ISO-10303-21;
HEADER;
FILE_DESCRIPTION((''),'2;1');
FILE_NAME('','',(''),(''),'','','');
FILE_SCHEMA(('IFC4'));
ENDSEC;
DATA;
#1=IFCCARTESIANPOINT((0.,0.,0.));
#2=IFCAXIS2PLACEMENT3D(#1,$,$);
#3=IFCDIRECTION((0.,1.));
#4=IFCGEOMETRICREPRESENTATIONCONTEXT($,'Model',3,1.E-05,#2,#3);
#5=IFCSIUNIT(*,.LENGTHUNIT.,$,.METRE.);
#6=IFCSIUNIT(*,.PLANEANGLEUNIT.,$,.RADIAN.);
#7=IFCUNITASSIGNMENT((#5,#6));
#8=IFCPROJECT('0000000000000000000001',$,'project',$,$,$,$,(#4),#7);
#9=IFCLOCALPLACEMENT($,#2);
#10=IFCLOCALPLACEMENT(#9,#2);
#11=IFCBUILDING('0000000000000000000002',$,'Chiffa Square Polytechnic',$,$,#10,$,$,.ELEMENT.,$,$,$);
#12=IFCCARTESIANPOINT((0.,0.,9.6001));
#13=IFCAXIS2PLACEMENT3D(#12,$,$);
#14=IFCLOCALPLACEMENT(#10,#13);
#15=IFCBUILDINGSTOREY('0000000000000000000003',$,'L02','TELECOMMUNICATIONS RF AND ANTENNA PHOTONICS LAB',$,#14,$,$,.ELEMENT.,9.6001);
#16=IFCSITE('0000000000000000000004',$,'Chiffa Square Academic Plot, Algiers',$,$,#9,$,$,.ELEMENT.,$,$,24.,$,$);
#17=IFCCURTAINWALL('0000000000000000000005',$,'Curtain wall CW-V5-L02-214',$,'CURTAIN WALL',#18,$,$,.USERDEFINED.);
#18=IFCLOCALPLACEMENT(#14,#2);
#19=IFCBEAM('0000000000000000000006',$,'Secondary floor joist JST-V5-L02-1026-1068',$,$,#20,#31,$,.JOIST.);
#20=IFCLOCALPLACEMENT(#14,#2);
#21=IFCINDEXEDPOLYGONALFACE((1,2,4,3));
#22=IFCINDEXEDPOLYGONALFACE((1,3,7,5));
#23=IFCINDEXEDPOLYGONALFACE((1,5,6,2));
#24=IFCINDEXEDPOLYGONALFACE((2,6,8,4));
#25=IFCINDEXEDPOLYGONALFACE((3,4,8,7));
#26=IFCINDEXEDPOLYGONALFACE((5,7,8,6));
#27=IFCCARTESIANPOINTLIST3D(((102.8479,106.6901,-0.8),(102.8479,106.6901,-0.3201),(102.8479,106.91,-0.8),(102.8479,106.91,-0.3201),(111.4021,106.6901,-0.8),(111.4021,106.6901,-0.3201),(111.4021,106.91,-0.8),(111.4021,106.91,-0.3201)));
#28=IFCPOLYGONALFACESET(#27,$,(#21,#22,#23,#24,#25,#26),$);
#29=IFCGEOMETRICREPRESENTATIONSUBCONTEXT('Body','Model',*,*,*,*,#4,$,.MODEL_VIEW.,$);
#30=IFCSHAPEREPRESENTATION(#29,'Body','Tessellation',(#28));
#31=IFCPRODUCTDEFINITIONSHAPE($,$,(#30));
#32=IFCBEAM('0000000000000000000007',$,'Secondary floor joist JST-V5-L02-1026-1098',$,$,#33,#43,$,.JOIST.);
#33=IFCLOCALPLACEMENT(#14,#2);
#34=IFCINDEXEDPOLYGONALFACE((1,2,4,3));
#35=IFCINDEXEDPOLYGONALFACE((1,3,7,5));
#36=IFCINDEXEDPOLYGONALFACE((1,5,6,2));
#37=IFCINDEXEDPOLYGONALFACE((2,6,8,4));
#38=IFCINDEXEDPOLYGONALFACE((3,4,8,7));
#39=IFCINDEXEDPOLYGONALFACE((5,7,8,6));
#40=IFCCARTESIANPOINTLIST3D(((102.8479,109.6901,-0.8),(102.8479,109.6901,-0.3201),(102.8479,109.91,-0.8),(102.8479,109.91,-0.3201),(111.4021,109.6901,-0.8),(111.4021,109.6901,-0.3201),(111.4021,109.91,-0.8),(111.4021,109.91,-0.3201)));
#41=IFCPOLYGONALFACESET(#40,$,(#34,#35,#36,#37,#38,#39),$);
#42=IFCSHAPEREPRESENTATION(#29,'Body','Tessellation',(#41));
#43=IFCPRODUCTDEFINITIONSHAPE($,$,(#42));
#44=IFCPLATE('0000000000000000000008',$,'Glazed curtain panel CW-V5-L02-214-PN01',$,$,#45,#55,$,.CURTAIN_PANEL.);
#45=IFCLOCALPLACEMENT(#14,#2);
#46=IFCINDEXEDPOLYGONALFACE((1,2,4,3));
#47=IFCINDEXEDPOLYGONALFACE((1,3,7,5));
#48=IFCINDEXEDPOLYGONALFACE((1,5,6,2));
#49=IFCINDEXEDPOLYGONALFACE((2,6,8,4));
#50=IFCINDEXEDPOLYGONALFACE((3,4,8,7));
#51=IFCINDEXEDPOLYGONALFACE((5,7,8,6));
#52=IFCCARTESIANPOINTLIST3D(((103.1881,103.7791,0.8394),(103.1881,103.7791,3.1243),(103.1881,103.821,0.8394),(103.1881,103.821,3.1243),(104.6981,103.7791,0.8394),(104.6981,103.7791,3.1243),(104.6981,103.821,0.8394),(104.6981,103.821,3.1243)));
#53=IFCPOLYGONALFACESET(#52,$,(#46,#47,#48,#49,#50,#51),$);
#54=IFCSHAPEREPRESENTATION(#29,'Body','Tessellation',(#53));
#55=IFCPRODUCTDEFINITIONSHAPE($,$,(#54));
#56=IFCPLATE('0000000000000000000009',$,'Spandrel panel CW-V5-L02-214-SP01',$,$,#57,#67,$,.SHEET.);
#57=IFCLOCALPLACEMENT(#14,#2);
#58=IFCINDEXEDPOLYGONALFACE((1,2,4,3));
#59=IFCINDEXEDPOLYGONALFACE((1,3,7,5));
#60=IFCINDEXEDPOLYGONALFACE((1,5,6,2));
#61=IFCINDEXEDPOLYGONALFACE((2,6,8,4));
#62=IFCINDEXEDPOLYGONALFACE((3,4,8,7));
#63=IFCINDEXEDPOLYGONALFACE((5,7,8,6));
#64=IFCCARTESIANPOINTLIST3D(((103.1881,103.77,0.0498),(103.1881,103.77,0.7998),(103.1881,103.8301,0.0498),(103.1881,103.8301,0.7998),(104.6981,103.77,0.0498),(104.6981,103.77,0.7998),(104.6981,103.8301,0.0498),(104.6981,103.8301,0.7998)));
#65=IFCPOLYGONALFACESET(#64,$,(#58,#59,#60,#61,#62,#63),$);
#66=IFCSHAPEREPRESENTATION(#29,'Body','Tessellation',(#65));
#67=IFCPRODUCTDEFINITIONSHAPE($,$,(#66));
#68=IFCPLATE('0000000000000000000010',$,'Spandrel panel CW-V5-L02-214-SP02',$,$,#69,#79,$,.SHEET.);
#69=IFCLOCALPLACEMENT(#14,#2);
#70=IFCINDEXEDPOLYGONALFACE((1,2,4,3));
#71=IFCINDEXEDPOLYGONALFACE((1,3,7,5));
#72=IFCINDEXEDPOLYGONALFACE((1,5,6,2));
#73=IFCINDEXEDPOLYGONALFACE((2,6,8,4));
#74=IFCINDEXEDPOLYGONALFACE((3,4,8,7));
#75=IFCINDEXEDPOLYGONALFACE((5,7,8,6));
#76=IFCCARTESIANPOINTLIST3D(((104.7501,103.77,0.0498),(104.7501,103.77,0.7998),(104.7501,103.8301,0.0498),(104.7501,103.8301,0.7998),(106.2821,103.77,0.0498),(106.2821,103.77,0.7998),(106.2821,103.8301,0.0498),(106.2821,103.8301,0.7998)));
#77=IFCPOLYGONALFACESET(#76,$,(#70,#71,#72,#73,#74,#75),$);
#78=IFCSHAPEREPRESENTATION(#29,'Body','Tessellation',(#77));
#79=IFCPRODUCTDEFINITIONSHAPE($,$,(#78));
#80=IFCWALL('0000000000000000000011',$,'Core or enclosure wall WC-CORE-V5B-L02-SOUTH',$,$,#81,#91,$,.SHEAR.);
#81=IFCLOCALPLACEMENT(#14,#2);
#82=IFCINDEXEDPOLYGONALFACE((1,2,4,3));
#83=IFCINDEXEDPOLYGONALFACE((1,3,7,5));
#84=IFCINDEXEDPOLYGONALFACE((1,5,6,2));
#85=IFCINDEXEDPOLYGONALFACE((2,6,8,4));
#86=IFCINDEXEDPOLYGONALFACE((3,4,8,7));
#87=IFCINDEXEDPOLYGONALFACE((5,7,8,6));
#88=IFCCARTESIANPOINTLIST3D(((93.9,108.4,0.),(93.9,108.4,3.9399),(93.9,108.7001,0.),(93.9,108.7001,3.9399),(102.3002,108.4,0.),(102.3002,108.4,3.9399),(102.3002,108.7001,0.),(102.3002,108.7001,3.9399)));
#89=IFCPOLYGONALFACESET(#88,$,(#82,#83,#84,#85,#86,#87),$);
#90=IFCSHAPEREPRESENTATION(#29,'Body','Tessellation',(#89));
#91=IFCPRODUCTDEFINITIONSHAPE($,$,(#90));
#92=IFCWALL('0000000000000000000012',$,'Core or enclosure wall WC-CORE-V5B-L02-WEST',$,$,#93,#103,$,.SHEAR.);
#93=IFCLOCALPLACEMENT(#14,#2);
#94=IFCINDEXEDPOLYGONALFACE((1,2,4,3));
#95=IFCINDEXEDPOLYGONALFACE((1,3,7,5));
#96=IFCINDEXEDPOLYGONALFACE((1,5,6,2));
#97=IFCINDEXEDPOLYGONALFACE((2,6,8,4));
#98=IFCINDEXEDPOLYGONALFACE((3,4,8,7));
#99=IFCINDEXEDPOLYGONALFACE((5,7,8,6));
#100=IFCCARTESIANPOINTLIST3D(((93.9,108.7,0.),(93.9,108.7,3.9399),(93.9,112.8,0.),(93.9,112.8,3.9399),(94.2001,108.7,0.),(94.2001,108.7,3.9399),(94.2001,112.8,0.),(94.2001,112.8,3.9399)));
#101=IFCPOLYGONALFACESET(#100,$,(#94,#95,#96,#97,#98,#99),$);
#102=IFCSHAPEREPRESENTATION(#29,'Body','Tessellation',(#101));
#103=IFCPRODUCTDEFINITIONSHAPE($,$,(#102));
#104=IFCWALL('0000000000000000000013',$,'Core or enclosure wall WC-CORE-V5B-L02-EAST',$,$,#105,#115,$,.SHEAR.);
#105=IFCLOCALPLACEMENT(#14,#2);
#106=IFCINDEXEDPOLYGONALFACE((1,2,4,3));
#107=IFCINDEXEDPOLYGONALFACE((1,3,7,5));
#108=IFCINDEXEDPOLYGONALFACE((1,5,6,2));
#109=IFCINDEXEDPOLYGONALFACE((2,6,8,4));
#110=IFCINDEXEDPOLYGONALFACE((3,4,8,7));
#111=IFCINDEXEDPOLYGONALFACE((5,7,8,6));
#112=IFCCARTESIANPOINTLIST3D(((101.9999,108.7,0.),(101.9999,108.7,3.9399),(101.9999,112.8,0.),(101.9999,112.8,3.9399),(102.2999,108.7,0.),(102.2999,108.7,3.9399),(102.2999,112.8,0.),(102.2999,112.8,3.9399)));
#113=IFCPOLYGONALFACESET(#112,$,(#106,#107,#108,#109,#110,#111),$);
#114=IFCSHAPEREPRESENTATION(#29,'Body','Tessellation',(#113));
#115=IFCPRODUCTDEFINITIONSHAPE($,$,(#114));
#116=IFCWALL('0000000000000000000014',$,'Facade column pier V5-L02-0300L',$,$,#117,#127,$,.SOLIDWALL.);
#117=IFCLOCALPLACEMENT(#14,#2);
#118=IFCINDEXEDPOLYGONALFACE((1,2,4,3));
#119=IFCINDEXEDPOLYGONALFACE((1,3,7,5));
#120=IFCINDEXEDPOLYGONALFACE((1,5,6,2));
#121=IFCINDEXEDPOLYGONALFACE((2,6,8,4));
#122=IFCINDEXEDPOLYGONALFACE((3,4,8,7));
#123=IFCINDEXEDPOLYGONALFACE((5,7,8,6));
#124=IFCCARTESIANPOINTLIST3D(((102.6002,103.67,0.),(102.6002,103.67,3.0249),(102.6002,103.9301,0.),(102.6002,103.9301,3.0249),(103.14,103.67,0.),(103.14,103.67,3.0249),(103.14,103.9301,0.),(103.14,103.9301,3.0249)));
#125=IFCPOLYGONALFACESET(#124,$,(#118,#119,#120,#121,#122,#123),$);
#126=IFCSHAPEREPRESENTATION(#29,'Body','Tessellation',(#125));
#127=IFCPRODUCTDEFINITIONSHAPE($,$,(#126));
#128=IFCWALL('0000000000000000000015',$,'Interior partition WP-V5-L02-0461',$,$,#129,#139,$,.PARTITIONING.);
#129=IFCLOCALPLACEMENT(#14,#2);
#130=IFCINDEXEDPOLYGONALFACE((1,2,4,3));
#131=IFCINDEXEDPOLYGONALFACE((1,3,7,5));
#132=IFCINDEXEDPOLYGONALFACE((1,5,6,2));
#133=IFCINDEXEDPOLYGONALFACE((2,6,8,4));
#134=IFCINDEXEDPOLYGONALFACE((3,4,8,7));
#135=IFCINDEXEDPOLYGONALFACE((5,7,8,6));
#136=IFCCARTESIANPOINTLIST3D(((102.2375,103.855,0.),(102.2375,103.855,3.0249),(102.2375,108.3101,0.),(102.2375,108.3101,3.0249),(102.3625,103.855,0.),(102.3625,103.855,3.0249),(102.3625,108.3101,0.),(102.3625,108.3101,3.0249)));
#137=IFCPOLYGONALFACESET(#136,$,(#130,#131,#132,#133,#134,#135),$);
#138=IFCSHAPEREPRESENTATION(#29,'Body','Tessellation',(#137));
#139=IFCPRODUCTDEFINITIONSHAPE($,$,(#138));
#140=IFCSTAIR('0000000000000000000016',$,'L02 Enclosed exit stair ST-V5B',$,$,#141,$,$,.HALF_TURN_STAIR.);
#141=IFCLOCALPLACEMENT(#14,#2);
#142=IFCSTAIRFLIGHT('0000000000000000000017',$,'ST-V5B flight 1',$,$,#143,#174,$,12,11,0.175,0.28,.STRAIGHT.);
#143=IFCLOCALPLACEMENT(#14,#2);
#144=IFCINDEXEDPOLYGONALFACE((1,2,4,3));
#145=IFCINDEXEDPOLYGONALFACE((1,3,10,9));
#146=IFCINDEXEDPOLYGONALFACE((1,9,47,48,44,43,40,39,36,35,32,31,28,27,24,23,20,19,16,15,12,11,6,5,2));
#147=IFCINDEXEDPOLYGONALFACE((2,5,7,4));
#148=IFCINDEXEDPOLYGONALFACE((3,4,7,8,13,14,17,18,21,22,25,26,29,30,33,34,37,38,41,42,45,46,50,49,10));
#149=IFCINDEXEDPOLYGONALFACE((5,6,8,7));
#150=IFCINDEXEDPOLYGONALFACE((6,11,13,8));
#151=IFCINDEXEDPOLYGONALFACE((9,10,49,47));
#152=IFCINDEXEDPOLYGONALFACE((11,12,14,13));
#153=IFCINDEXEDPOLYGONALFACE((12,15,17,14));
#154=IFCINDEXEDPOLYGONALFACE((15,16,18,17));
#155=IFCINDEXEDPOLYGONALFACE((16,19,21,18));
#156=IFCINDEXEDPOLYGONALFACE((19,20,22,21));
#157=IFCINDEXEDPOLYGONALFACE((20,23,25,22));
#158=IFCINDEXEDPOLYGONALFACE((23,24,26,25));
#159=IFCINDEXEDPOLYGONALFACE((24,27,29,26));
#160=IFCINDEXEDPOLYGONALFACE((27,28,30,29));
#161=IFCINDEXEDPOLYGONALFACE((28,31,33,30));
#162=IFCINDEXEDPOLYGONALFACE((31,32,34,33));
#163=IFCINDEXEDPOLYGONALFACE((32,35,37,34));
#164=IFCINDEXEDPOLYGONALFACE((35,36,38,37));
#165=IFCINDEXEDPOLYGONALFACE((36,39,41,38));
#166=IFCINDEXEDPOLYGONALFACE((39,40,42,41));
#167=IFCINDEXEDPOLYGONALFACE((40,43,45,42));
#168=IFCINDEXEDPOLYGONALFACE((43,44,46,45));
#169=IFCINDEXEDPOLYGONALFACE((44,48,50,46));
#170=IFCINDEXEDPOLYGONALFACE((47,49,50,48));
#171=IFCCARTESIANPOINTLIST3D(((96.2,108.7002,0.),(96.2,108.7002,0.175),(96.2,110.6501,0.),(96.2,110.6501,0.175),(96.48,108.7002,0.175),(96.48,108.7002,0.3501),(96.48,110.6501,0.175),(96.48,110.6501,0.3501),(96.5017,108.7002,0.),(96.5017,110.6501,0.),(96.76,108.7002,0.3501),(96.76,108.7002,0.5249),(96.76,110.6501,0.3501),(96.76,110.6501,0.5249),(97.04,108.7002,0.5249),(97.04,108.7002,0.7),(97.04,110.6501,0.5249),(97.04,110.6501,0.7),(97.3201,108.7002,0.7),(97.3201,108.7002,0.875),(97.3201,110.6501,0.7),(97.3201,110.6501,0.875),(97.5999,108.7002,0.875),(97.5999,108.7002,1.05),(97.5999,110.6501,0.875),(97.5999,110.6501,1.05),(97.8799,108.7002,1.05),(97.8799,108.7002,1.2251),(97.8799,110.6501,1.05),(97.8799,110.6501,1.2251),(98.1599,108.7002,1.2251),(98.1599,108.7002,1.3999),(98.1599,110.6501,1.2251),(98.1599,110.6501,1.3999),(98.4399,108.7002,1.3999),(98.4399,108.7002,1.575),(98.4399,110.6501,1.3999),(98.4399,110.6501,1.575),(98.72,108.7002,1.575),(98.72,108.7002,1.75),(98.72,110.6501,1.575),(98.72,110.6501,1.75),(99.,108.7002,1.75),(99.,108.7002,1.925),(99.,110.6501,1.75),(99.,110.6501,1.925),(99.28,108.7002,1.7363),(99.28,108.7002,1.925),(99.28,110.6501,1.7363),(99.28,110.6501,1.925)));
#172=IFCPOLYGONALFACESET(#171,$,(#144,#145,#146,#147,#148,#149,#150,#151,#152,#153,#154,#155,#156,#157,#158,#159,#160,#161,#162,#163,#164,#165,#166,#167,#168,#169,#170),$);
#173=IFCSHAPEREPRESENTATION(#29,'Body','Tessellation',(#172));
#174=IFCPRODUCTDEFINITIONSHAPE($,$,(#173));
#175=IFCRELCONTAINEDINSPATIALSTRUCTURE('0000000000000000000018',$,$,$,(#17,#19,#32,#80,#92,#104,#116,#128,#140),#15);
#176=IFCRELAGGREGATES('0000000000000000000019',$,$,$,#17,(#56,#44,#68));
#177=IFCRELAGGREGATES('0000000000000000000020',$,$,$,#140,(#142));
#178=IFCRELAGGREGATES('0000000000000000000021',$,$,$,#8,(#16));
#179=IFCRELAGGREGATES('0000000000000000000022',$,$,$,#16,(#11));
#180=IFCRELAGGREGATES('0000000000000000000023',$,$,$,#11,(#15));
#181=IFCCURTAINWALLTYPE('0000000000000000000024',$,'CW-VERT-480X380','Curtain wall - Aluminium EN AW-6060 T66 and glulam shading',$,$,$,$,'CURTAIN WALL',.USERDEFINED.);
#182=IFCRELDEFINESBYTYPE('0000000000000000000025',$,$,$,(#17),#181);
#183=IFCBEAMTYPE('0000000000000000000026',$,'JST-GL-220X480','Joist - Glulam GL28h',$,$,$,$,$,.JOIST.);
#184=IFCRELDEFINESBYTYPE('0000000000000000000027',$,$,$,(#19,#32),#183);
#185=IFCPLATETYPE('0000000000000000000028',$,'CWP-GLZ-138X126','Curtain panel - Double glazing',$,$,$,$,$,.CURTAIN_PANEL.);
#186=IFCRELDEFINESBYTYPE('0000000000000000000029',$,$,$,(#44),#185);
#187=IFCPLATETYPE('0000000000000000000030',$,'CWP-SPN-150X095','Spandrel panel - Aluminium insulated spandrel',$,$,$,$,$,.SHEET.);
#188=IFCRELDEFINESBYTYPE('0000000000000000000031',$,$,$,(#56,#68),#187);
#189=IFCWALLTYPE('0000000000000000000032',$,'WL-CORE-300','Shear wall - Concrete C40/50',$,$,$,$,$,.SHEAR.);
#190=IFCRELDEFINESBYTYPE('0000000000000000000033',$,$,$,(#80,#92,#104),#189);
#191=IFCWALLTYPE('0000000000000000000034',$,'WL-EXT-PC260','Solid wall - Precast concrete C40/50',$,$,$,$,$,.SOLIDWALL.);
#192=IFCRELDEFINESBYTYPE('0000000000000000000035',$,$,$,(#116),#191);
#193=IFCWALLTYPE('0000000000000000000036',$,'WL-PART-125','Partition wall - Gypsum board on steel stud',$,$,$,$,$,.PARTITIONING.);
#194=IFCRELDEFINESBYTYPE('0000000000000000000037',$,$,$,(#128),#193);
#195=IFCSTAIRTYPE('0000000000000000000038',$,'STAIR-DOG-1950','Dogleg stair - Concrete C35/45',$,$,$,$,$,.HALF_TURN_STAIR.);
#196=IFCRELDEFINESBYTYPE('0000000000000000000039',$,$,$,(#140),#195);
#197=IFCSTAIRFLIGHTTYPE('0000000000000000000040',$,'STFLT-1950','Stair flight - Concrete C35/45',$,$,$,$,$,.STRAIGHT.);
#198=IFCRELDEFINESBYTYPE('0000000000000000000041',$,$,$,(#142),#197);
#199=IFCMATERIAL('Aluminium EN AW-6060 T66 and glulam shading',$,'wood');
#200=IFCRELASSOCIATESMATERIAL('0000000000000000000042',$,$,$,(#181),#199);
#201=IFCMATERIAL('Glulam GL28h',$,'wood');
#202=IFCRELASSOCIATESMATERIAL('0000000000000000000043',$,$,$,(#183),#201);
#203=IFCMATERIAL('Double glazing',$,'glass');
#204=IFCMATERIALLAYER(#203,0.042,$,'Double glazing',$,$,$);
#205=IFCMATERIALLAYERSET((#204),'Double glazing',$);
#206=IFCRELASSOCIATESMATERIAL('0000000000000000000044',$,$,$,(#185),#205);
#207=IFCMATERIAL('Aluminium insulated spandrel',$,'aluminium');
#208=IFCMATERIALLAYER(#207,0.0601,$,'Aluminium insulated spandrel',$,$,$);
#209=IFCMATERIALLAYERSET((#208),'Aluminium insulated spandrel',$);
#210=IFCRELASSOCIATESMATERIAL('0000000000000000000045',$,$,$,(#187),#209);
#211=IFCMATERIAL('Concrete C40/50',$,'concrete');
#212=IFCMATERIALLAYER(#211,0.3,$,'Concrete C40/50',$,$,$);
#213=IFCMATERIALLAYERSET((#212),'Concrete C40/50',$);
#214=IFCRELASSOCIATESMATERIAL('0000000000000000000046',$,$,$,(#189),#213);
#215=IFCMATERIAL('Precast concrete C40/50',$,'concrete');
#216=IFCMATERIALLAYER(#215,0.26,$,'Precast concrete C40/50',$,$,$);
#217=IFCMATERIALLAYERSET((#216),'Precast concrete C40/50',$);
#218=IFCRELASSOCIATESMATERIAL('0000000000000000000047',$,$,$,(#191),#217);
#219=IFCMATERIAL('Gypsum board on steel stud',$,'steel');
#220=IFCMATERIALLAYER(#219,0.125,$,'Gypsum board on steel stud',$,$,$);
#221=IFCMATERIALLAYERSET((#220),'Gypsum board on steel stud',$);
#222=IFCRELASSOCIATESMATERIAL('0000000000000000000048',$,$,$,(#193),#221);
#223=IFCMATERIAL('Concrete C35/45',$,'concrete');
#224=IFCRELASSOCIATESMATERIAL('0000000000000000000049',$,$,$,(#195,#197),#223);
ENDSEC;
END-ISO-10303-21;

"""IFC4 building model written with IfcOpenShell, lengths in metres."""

from ifc_helpers import new_model, si_unit, direction, frame, frame_2d, origin, origin_2d, place, context, subcontext, project, spatial, polyline, rectangle, outline, extrude, material, layer, layer_set, material_profile, profile_set, type_object, element, aggregate, save


model = new_model("IFC4")

# Units and contexts
model_context = context("Model", 3, precision=1e-05, world=origin(), true_north=direction((0.0, 1.0)))
body_context = subcontext(model_context, "Body", "Model", "MODEL_VIEW")
ifc_project = project(units=[si_unit("LENGTHUNIT", "METRE"), si_unit("PLANEANGLEUNIT", "RADIAN")], contexts=[model_context])

# Site, building, storey
site_placement = place(None, origin())
site = spatial("IfcSite", under=ifc_project, at=site_placement, Name="Chiffa Square Academic Plot, Algiers", CompositionType="ELEMENT", RefElevation=24.0)
building_placement = place(site_placement, origin())
building = spatial("IfcBuilding", under=site, at=building_placement, Name="Chiffa Square Polytechnic", CompositionType="ELEMENT")
storey_placement = place(building_placement, frame((0.0, 0.0, 9.6001)))
storey = spatial("IfcBuildingStorey", under=building, at=storey_placement, Name="L02", Description="TELECOMMUNICATIONS RF AND ANTENNA PHOTONICS LAB", CompositionType="ELEMENT", Elevation=9.6001)

# Shared definitions
ifc_material_1 = material(Name="Concrete C35/45", Category="concrete")

# Shared definitions
ifc_material_2 = material(Name="Concrete C40/50", Category="concrete")

# Curtain wall
ifc_material_3 = material(Name="Aluminium EN AW-6060 T66 and glulam shading", Category="wood")
curtain_wall_type = type_object("IfcCurtainWallType", Name="CW-VERT-480X380", Description="Curtain wall - Aluminium EN AW-6060 T66 and glulam shading", ElementType="CURTAIN WALL", PredefinedType="USERDEFINED", material=ifc_material_3)
curtain_wall_placement = place(storey_placement, origin())
curtain_wall = element("IfcCurtainWall", 1, at=curtain_wall_placement, inside=storey, type_object=curtain_wall_type, Name="Curtain wall CW-V5-L02-214", ObjectType="CURTAIN WALL", PredefinedType="USERDEFINED")
ifc_material_4 = material(Name="Glulam GL28h", Category="wood")

# Beams
ifc_material_profile_1 = material_profile(ifc_material_4, rectangle(XDim=0.22, YDim=0.48, at=origin_2d()), Name="GL28h 220x480")
ifc_profile_set_1 = profile_set([ifc_material_profile_1], Name="Glulam GL28h")
beam_type_1 = type_object("IfcBeamType", Name="JST-GL-220X480", Description="Joist - Glulam GL28h", PredefinedType="JOIST", material=ifc_profile_set_1)
for number, where, z_axis, x_axis, name in (
    (2, (102.8479, 106.8, -0.5601), (1.0, 0.0, 0.0), (0.0, 1.0, 0.0), "Secondary floor joist JST-V5-L02-1026-1068"),
    (3, (102.8479, 109.8, -0.5601), (1.0, 0.0, 0.0), (0.0, 1.0, 0.0), "Secondary floor joist JST-V5-L02-1026-1098"),
):
    element("IfcBeam", number, at=place(storey_placement, frame(where, z_axis=z_axis, x_axis=x_axis)), inside=storey, type_object=beam_type_1, Name=name, PredefinedType="JOIST", context=body_context, shape_type="SweptSolid", body=[
        extrude(rectangle(XDim=0.22, YDim=0.48, at=origin_2d()), origin(), (0.0, 0.0, 1.0), 8.5542),
    ])

# Plates
ifc_material_5 = material(Name="Double glazing", Category="glass")
ifc_layer_1 = layer(ifc_material_5, 0.042, Name="Double glazing")
ifc_layer_set_1 = layer_set([ifc_layer_1], Name="Double glazing")
plate_type_1 = type_object("IfcPlateType", Name="CWP-GLZ-138X126", Description="Curtain panel - Double glazing", PredefinedType="CURTAIN_PANEL", material=ifc_layer_set_1)
plate_1_placement = place(storey_placement, frame((103.9431, 103.8, 0.8394), z_axis=(0.0, 0.0, 1.0), x_axis=(1.0, 0.0, 0.0)))
plate_1 = element("IfcPlate", 4, at=plate_1_placement, type_object=plate_type_1, Name="Glazed curtain panel CW-V5-L02-214-PN01", PredefinedType="CURTAIN_PANEL", context=body_context, shape_type="SweptSolid", body=[
    extrude(rectangle(XDim=1.51, YDim=0.042, at=origin_2d()), origin(), (0.0, 0.0, 1.0), 2.2849),
])
ifc_material_6 = material(Name="Aluminium insulated spandrel", Category="aluminium")
ifc_layer_2 = layer(ifc_material_6, 0.0601, Name="Aluminium insulated spandrel")
ifc_layer_set_2 = layer_set([ifc_layer_2], Name="Aluminium insulated spandrel")
plate_type_2 = type_object("IfcPlateType", Name="CWP-SPN-150X095", Description="Spandrel panel - Aluminium insulated spandrel", PredefinedType="SHEET", material=ifc_layer_set_2)
plate_2_placement = place(storey_placement, frame((103.9431, 103.8, 0.0498), z_axis=(0.0, 0.0, 1.0), x_axis=(1.0, 0.0, 0.0)))
plate_2 = element("IfcPlate", 5, at=plate_2_placement, type_object=plate_type_2, Name="Spandrel panel CW-V5-L02-214-SP01", PredefinedType="SHEET", context=body_context, shape_type="SweptSolid", body=[
    extrude(rectangle(XDim=1.51, YDim=0.0601, at=origin_2d()), origin(), (0.0, 0.0, 1.0), 0.75),
])
plate_3_placement = place(storey_placement, frame((105.5161, 103.8, 0.0498), z_axis=(0.0, 0.0, 1.0), x_axis=(1.0, 0.0, 0.0)))
plate_3 = element("IfcPlate", 6, at=plate_3_placement, type_object=plate_type_2, Name="Spandrel panel CW-V5-L02-214-SP02", PredefinedType="SHEET", context=body_context, shape_type="SweptSolid", body=[
    extrude(rectangle(XDim=1.532, YDim=0.0601, at=origin_2d()), origin(), (0.0, 0.0, 1.0), 0.75),
])
aggregate(curtain_wall, [plate_2, plate_1, plate_3])

# Walls
ifc_layer_3 = layer(ifc_material_2, 0.3, Name="Concrete C40/50")
ifc_layer_set_3 = layer_set([ifc_layer_3], Name="Concrete C40/50")
wall_type_1 = type_object("IfcWallType", Name="WL-CORE-300", Description="Shear wall - Concrete C40/50", PredefinedType="SHEAR", material=ifc_layer_set_3)
wall_1_placement = place(storey_placement, frame((93.8999, 108.55, 0.0), z_axis=(0.0, 0.0, 1.0), x_axis=(1.0, 0.0, 0.0)))
element("IfcWall", 7, at=wall_1_placement, inside=storey, type_object=wall_type_1, Name="Core or enclosure wall WC-CORE-V5B-L02-SOUTH", PredefinedType="SHEAR", context=body_context, shape_type="SweptSolid", body=[
    extrude(rectangle(XDim=8.4001, YDim=0.3, at=frame_2d((4.2002, 0.0))), origin(), (0.0, 0.0, 1.0), 3.9399),
])
for number, where, z_axis, x_axis, name in (
    (8, (94.05, 108.7, 0.0), (0.0, 0.0, 1.0), (0.0, 1.0, 0.0), "Core or enclosure wall WC-CORE-V5B-L02-WEST"),
    (9, (102.1499, 108.7, 0.0), (0.0, 0.0, 1.0), (0.0, 1.0, 0.0), "Core or enclosure wall WC-CORE-V5B-L02-EAST"),
):
    element("IfcWall", number, at=place(storey_placement, frame(where, z_axis=z_axis, x_axis=x_axis)), inside=storey, type_object=wall_type_1, Name=name, PredefinedType="SHEAR", context=body_context, shape_type="SweptSolid", body=[
        extrude(rectangle(XDim=4.1001, YDim=0.3, at=frame_2d((2.05, 0.0))), origin(), (0.0, 0.0, 1.0), 3.9399),
    ])
ifc_material_7 = material(Name="Precast concrete C40/50", Category="concrete")
ifc_layer_4 = layer(ifc_material_7, 0.26, Name="Precast concrete C40/50")
ifc_layer_set_4 = layer_set([ifc_layer_4], Name="Precast concrete C40/50")
wall_type_2 = type_object("IfcWallType", Name="WL-EXT-PC260", Description="Solid wall - Precast concrete C40/50", PredefinedType="SOLIDWALL", material=ifc_layer_set_4)
wall_2_placement = place(storey_placement, frame((102.6001, 103.8, 0.0), z_axis=(0.0, 0.0, 1.0), x_axis=(1.0, 0.0, 0.0)))
element("IfcWall", 10, at=wall_2_placement, inside=storey, type_object=wall_type_2, Name="Facade column pier V5-L02-0300L", PredefinedType="SOLIDWALL", context=body_context, shape_type="SweptSolid", body=[
    extrude(rectangle(XDim=0.5398, YDim=0.26, at=frame_2d((0.27, 0.0))), origin(), (0.0, 0.0, 1.0), 3.0249),
])
ifc_material_8 = material(Name="Gypsum board on steel stud", Category="steel")
ifc_layer_5 = layer(ifc_material_8, 0.125, Name="Gypsum board on steel stud")
ifc_layer_set_5 = layer_set([ifc_layer_5], Name="Gypsum board on steel stud")
wall_type_3 = type_object("IfcWallType", Name="WL-PART-125", Description="Partition wall - Gypsum board on steel stud", PredefinedType="PARTITIONING", material=ifc_layer_set_5)
wall_3_placement = place(storey_placement, frame((102.3, 103.855, 0.0), z_axis=(0.0, 0.0, 1.0), x_axis=(0.0, 1.0, 0.0)))
element("IfcWall", 11, at=wall_3_placement, inside=storey, type_object=wall_type_3, Name="Interior partition WP-V5-L02-0461", PredefinedType="PARTITIONING", context=body_context, shape_type="SweptSolid", body=[
    extrude(rectangle(XDim=4.4551, YDim=0.125, at=frame_2d((2.2275, 0.0))), origin(), (0.0, 0.0, 1.0), 3.0249),
])

# Stair, stair flight
stair_type = type_object("IfcStairType", Name="STAIR-DOG-1950", Description="Dogleg stair - Concrete C35/45", PredefinedType="HALF_TURN_STAIR", material=ifc_material_1)
stair_placement = place(storey_placement, origin())
stair = element("IfcStair", 12, at=stair_placement, inside=storey, type_object=stair_type, Name="L02 Enclosed exit stair ST-V5B", PredefinedType="HALF_TURN_STAIR")
stair_flight_type = type_object("IfcStairFlightType", Name="STFLT-1950", Description="Stair flight - Concrete C35/45", PredefinedType="STRAIGHT", material=ifc_material_1)
stair_flight_1_placement = place(storey_placement, frame((96.2, 109.675, 0.0), z_axis=(0.0, 0.0, 1.0), x_axis=(1.0, 0.0, 0.0)))
stair_flight_1 = element("IfcStairFlight", 13, at=stair_flight_1_placement, type_object=stair_flight_type, Name="ST-V5B flight 1", NumberOfRisers=12, NumberOfTreads=11, PredefinedType="STRAIGHT", RiserHeight=0.175, TreadLength=0.28, context=body_context, shape_type="SweptSolid", body=[
    extrude(outline(polyline([(0.0, 0.0), (0.0, 0.175), (0.28, 0.175), (0.28, 0.3501), (0.5601, 0.3501), (0.5601, 0.5249), (0.8401, 0.5249), (0.8401, 0.7), (1.1201, 0.7), (1.1201, 0.875), (1.3999, 0.875), (1.3999, 1.05), (1.6799, 1.05), (1.6799, 1.2251), (1.96, 1.2251), (1.96, 1.3999), (2.24, 1.3999), (2.24, 1.575), (2.52, 1.575), (2.52, 1.75), (2.8, 1.75), (2.8, 1.925), (3.0801, 1.925), (3.0801, 2.1001), (3.0801, 1.7363), (0.3018, 0.0), (0.0, 0.0)])), frame((0.0, 0.9751, 0.0), z_axis=(0.0, -1.0, 0.0), x_axis=(1.0, 0.0, 0.0)), (0.0, 0.0, 1.0), 1.95),
])
aggregate(stair, [stair_flight_1])

save(model, "model.ifc")
